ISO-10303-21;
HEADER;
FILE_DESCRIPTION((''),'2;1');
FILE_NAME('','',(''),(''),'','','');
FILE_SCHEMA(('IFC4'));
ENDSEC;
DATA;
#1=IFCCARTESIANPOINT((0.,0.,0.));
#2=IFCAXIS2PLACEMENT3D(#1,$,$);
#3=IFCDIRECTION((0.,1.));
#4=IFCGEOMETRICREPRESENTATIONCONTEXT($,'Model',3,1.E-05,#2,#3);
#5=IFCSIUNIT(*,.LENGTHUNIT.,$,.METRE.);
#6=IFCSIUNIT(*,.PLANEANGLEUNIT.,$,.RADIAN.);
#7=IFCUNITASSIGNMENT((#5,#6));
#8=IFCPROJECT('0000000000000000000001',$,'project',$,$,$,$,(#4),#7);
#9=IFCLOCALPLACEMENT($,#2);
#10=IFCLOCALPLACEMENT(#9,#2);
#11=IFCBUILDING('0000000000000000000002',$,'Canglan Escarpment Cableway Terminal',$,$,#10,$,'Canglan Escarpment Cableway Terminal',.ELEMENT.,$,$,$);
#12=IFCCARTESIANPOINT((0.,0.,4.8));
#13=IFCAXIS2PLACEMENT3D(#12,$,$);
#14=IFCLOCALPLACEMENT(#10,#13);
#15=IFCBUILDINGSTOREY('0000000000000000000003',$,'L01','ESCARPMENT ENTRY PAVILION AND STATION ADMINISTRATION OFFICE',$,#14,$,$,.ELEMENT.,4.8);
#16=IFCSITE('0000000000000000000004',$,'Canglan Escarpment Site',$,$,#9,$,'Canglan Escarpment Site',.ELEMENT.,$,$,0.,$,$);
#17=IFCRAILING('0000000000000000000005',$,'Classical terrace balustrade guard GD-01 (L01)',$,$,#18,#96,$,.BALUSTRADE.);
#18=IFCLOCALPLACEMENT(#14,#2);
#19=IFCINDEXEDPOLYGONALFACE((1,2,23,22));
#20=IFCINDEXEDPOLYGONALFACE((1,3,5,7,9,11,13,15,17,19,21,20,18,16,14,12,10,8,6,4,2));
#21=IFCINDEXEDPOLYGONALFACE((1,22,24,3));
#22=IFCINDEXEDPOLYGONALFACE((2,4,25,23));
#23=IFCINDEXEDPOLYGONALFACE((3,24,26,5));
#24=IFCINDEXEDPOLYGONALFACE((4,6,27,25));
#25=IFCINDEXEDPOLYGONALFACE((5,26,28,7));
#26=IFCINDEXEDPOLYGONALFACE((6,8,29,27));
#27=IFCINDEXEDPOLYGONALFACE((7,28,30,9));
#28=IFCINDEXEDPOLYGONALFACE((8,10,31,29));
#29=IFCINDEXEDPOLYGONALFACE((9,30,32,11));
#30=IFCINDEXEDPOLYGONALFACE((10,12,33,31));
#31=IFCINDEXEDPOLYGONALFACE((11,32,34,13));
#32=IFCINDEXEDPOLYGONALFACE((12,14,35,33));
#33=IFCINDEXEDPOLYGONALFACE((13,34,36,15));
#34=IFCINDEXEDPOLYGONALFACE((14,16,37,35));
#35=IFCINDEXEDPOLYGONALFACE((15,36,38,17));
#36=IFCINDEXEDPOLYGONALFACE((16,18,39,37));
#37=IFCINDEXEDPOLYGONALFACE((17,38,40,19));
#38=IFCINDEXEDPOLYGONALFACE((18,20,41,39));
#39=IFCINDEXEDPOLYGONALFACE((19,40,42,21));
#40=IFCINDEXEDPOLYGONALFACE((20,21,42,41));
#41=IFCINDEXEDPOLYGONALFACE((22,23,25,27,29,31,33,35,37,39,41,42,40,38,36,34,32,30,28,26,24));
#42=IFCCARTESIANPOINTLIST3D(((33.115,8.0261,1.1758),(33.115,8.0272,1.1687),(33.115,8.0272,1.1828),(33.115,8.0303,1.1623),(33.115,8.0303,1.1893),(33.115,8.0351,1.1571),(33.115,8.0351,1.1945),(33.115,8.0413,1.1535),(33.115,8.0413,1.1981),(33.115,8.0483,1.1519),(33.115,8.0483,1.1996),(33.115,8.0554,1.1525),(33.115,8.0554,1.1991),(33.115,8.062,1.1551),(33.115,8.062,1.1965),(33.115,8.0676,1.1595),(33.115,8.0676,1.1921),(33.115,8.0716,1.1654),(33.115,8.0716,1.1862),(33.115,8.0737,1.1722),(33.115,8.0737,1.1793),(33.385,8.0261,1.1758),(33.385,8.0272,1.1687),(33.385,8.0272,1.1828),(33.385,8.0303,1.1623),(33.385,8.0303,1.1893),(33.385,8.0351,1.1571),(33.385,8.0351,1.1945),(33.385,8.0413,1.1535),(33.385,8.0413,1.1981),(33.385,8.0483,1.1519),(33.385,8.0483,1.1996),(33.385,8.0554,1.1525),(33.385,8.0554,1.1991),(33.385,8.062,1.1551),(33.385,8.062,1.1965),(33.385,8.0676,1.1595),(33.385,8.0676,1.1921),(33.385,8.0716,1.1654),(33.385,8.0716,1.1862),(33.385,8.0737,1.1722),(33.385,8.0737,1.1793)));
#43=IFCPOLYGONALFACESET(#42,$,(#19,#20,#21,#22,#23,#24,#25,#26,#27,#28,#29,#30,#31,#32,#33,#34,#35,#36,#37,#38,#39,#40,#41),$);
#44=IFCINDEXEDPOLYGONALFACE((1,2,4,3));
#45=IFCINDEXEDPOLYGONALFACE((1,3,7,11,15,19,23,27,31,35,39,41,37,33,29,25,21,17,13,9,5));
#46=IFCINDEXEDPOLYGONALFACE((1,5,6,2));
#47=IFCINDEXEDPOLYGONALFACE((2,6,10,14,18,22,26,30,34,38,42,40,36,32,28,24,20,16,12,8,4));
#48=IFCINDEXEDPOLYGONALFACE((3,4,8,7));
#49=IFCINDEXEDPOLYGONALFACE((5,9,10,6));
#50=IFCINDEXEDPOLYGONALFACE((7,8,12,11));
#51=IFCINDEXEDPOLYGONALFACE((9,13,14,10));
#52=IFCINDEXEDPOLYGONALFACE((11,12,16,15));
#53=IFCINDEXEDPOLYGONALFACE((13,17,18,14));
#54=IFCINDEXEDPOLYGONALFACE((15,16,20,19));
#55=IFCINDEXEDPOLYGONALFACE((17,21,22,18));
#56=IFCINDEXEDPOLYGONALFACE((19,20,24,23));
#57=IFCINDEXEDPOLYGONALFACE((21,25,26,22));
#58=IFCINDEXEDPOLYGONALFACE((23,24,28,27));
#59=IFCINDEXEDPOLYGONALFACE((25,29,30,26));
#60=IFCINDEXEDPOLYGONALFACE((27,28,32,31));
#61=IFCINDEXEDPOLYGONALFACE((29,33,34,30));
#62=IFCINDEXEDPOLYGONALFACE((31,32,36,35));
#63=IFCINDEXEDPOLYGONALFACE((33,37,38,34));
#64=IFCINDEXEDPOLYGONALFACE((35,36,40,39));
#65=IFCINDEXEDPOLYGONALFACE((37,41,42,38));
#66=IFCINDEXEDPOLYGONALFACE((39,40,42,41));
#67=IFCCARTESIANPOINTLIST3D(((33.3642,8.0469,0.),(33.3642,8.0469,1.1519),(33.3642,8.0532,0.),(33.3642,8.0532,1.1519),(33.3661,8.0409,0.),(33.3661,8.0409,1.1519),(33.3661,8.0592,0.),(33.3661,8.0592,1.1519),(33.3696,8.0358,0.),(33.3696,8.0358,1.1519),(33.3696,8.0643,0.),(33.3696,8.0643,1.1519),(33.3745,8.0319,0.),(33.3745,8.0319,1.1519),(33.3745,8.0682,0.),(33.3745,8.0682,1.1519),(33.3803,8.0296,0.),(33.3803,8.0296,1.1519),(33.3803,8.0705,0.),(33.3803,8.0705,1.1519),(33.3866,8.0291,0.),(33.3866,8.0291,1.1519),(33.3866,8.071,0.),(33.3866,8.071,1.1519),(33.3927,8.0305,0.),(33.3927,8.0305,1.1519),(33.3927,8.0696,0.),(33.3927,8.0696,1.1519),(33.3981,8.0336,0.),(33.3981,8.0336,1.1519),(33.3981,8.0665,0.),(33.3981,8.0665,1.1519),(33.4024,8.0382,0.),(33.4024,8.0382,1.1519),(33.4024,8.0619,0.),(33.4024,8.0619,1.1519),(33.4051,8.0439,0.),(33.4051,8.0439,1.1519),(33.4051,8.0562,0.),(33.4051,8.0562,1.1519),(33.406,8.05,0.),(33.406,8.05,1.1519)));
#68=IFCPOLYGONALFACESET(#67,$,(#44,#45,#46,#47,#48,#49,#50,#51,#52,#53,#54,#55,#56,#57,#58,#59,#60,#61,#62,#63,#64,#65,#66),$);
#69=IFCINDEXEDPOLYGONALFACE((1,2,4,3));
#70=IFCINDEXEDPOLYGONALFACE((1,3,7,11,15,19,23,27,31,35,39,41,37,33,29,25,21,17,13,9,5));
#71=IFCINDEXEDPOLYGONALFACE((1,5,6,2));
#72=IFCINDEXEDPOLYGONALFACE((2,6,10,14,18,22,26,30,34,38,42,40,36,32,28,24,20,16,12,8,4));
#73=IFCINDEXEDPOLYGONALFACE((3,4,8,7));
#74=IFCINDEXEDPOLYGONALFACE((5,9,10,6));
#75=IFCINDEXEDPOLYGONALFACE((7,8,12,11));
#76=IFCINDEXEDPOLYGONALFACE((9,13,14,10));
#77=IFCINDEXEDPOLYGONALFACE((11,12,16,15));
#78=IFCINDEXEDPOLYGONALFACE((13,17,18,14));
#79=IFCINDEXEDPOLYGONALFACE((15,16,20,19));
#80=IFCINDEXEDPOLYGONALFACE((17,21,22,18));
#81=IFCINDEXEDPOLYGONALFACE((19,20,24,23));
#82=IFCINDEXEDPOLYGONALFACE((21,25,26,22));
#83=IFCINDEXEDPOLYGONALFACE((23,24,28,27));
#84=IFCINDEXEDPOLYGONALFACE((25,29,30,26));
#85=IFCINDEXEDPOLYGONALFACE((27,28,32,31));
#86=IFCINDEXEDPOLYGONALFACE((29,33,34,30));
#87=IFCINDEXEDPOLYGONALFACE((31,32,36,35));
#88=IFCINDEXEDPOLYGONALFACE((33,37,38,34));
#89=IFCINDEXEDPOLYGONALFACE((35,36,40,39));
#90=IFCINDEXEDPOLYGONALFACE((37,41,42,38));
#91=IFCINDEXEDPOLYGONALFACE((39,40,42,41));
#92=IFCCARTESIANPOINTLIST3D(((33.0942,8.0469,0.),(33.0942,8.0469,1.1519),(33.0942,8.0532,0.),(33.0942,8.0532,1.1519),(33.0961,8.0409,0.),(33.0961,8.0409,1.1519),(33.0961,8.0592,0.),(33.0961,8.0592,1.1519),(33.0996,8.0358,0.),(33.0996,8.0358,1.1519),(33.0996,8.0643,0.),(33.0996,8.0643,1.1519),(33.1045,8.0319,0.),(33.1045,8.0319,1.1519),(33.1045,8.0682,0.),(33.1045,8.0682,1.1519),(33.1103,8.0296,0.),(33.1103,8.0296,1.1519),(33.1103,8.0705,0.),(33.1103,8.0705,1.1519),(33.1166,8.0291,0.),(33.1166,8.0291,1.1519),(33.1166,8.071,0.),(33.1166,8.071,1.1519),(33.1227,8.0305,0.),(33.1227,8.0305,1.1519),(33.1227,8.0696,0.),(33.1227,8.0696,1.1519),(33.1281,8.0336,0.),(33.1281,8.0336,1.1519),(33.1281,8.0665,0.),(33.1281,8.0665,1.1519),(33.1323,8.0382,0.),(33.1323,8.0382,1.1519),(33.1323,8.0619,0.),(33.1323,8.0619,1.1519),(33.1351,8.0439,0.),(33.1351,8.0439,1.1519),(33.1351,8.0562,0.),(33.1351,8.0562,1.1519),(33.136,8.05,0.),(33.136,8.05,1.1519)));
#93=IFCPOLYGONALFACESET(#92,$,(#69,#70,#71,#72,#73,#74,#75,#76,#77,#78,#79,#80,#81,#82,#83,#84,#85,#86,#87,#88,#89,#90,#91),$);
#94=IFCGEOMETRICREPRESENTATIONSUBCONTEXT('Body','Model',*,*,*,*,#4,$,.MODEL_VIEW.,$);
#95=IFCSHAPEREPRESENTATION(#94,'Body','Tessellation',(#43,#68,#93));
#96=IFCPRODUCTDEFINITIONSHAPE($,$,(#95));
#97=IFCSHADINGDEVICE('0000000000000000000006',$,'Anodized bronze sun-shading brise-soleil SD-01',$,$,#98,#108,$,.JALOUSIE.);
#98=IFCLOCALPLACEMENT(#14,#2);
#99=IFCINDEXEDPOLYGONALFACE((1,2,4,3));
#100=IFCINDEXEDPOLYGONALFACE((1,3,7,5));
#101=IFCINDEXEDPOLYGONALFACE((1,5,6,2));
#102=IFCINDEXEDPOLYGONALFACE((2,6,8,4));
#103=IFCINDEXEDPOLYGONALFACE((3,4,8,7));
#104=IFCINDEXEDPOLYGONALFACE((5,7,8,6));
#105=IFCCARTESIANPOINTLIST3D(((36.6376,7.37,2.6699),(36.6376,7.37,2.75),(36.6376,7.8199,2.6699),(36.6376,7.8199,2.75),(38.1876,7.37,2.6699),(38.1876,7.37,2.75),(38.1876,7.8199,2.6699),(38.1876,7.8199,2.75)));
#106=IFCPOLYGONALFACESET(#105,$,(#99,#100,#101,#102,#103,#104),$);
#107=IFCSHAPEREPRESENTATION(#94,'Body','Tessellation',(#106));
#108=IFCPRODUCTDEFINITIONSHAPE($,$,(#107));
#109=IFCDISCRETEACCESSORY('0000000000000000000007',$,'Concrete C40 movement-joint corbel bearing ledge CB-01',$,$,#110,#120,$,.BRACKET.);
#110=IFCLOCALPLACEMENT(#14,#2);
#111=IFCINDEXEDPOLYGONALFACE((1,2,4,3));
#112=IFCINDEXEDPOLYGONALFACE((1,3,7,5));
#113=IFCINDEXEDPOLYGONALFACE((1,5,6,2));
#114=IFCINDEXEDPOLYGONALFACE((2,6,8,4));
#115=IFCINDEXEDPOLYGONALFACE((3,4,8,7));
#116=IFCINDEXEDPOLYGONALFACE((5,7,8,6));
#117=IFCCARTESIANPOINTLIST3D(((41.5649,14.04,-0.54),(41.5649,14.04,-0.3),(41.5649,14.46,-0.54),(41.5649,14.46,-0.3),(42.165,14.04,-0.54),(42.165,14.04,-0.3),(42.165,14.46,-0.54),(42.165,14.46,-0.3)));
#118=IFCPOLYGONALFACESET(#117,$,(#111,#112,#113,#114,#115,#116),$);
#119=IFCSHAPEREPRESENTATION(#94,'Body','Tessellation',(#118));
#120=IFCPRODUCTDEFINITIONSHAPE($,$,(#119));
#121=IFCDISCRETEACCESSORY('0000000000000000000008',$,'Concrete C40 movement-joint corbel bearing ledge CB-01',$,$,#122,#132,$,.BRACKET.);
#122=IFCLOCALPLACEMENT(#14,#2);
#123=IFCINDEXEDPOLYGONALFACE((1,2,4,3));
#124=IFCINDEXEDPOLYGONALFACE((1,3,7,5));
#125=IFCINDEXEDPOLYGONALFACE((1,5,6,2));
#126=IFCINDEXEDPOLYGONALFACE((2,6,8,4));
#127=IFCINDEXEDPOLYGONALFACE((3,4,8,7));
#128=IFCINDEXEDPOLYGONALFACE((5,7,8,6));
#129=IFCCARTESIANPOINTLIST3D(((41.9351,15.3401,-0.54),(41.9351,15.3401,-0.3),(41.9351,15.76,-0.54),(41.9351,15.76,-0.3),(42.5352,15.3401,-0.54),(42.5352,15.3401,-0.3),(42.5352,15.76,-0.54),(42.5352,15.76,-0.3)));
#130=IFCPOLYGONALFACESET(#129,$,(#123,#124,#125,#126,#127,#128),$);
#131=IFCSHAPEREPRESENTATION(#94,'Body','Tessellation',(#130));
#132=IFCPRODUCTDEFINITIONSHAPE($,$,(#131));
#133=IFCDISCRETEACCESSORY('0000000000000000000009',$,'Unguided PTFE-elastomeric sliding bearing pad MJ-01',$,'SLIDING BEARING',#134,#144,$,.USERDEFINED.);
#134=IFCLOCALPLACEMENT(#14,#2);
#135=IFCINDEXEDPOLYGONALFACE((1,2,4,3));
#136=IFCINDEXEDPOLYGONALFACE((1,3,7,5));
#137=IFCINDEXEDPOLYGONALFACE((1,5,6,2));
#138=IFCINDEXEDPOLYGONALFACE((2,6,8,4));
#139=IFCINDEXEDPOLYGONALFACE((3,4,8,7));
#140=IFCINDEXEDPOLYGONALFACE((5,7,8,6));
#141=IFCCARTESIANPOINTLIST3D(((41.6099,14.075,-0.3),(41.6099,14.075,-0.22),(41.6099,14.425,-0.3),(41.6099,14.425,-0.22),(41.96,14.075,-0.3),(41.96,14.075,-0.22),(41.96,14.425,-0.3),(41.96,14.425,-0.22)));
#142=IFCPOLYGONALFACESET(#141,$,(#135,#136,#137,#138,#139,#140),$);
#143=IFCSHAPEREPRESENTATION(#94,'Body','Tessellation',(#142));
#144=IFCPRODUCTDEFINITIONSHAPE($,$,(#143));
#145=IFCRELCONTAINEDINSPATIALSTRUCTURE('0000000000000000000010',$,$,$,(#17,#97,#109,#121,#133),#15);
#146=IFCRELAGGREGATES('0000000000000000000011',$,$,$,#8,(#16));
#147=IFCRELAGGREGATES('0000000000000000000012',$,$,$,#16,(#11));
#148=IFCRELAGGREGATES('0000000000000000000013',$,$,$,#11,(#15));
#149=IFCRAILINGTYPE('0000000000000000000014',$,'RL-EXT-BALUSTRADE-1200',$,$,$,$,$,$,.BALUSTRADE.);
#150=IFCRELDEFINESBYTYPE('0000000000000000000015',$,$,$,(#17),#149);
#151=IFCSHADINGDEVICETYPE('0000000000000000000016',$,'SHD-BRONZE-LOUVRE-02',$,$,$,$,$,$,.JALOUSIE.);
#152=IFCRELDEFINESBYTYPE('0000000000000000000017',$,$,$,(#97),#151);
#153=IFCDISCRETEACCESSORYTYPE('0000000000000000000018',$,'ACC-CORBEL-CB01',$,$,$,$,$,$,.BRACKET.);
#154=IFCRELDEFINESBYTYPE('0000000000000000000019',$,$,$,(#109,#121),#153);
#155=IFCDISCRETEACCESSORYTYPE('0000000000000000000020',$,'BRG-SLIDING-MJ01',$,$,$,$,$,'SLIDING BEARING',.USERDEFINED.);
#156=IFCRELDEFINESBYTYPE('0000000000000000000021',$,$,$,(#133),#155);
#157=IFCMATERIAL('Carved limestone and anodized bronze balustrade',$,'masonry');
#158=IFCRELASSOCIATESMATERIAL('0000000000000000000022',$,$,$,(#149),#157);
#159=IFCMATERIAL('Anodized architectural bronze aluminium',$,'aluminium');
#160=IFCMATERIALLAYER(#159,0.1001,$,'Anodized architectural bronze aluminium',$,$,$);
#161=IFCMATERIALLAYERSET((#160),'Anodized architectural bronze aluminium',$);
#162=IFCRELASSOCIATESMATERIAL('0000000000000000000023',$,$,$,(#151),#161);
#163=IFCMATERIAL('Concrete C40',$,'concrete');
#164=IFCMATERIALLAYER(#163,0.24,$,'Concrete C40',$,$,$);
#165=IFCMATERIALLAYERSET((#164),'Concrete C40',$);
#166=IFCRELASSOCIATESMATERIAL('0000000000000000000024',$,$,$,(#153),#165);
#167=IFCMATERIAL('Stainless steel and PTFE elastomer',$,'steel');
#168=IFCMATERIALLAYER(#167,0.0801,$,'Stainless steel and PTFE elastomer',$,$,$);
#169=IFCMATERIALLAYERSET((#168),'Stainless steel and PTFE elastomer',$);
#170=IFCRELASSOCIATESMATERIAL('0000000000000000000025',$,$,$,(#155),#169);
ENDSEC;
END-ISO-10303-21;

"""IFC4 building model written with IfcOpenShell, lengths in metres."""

from ifc_helpers import new_model, si_unit, direction, frame, origin, origin_2d, place, context, subcontext, project, spatial, rectangle, circle, extrude, material, layer, layer_set, type_object, element, save


model = new_model("IFC4")

# Units and contexts
model_context = context("Model", 3, precision=1e-05, world=origin(), true_north=direction((0.0, 1.0)))
body_context = subcontext(model_context, "Body", "Model", "MODEL_VIEW")
ifc_project = project(units=[si_unit("LENGTHUNIT", "METRE"), si_unit("PLANEANGLEUNIT", "RADIAN")], contexts=[model_context])

# Site, building, storey
site_placement = place(None, origin())
site = spatial("IfcSite", under=ifc_project, at=site_placement, Name="Canglan Escarpment Site", LongName="Canglan Escarpment Site", CompositionType="ELEMENT", RefElevation=0.0)
building_placement = place(site_placement, origin())
building = spatial("IfcBuilding", under=site, at=building_placement, Name="Canglan Escarpment Cableway Terminal", LongName="Canglan Escarpment Cableway Terminal", CompositionType="ELEMENT")
storey_placement = place(building_placement, frame((0.0, 0.0, 4.8)))
storey = spatial("IfcBuildingStorey", under=building, at=storey_placement, Name="L01", Description="ESCARPMENT ENTRY PAVILION AND STATION ADMINISTRATION OFFICE", CompositionType="ELEMENT", Elevation=4.8)

# Shared definitions
ifc_material_1 = material(Name="Concrete C40", Category="concrete")

# Railing
ifc_material_2 = material(Name="Carved limestone and anodized bronze balustrade", Category="masonry")
railing_type = type_object("IfcRailingType", Name="RL-EXT-BALUSTRADE-1200", PredefinedType="BALUSTRADE", material=ifc_material_2)
railing_1_placement = place(storey_placement, frame((33.385, 8.05, 0.0)))
element("IfcRailing", 1, at=railing_1_placement, inside=storey, type_object=railing_type, Name="Classical terrace balustrade guard GD-01 (L01)", PredefinedType="BALUSTRADE", context=body_context, shape_type="SweptSolid", body=[
    extrude(circle(Radius=0.0239, at=origin_2d()), frame((0.0, 0.0, 1.1758), z_axis=(-1.0, 0.0, 0.0), x_axis=(0.0, -1.0, 0.0)), (0.0, 0.0, 1.0), 0.27),
    extrude(circle(Radius=0.021, at=origin_2d()), origin(), (0.0, 0.0, 1.0), 1.1519),
    extrude(circle(Radius=0.021, at=origin_2d()), frame((-0.27, 0.0, 0.0)), (0.0, 0.0, 1.0), 1.1519),
])

# Shading device
ifc_material_3 = material(Name="Anodized architectural bronze aluminium", Category="aluminium")
ifc_layer_1 = layer(ifc_material_3, 0.1001, Name="Anodized architectural bronze aluminium")
ifc_layer_set_1 = layer_set([ifc_layer_1], Name="Anodized architectural bronze aluminium")
shading_device_type = type_object("IfcShadingDeviceType", Name="SHD-BRONZE-LOUVRE-02", PredefinedType="JALOUSIE", material=ifc_layer_set_1)
shading_device_placement = place(storey_placement, frame((37.4126, 7.595, 2.6699), z_axis=(0.0, 0.0, 1.0), x_axis=(1.0, 0.0, 0.0)))
element("IfcShadingDevice", 2, at=shading_device_placement, inside=storey, type_object=shading_device_type, Name="Anodized bronze sun-shading brise-soleil SD-01", PredefinedType="JALOUSIE", context=body_context, shape_type="SweptSolid", body=[
    extrude(rectangle(XDim=1.55, YDim=0.45, at=origin_2d()), origin(), (0.0, 0.0, 1.0), 0.0801),
])

# Discrete accessories
ifc_layer_2 = layer(ifc_material_1, 0.24, Name="Concrete C40")
ifc_layer_set_2 = layer_set([ifc_layer_2], Name="Concrete C40")
discrete_accessory_type_1 = type_object("IfcDiscreteAccessoryType", Name="ACC-CORBEL-CB01", PredefinedType="BRACKET", material=ifc_layer_set_2)
for number, where, z_axis, x_axis, name in (
    (3, (41.865, 14.25, -0.54), (0.0, 0.0, 1.0), (1.0, 0.0, 0.0), "Concrete C40 movement-joint corbel bearing ledge CB-01"),
    (4, (42.2351, 15.55, -0.54), (0.0, 0.0, 1.0), (1.0, 0.0, 0.0), "Concrete C40 movement-joint corbel bearing ledge CB-01"),
):
    element("IfcDiscreteAccessory", number, at=place(storey_placement, frame(where, z_axis=z_axis, x_axis=x_axis)), inside=storey, type_object=discrete_accessory_type_1, Name=name, PredefinedType="BRACKET", context=body_context, shape_type="SweptSolid", body=[
        extrude(rectangle(XDim=0.6001, YDim=0.4199, at=origin_2d()), origin(), (0.0, 0.0, 1.0), 0.24),
    ])
ifc_material_4 = material(Name="Stainless steel and PTFE elastomer", Category="steel")
ifc_layer_3 = layer(ifc_material_4, 0.0801, Name="Stainless steel and PTFE elastomer")
ifc_layer_set_3 = layer_set([ifc_layer_3], Name="Stainless steel and PTFE elastomer")
discrete_accessory_type_2 = type_object("IfcDiscreteAccessoryType", Name="BRG-SLIDING-MJ01", ElementType="SLIDING BEARING", PredefinedType="USERDEFINED", material=ifc_layer_set_3)
discrete_accessory_placement = place(storey_placement, frame((41.7849, 14.25, -0.3), z_axis=(0.0, 0.0, 1.0), x_axis=(1.0, 0.0, 0.0)))
element("IfcDiscreteAccessory", 5, at=discrete_accessory_placement, inside=storey, type_object=discrete_accessory_type_2, Name="Unguided PTFE-elastomeric sliding bearing pad MJ-01", ObjectType="SLIDING BEARING", PredefinedType="USERDEFINED", context=body_context, shape_type="SweptSolid", body=[
    extrude(rectangle(XDim=0.3501, YDim=0.3501, at=origin_2d()), origin(), (0.0, 0.0, 1.0), 0.0801),
])

save(model, "model.ifc")
